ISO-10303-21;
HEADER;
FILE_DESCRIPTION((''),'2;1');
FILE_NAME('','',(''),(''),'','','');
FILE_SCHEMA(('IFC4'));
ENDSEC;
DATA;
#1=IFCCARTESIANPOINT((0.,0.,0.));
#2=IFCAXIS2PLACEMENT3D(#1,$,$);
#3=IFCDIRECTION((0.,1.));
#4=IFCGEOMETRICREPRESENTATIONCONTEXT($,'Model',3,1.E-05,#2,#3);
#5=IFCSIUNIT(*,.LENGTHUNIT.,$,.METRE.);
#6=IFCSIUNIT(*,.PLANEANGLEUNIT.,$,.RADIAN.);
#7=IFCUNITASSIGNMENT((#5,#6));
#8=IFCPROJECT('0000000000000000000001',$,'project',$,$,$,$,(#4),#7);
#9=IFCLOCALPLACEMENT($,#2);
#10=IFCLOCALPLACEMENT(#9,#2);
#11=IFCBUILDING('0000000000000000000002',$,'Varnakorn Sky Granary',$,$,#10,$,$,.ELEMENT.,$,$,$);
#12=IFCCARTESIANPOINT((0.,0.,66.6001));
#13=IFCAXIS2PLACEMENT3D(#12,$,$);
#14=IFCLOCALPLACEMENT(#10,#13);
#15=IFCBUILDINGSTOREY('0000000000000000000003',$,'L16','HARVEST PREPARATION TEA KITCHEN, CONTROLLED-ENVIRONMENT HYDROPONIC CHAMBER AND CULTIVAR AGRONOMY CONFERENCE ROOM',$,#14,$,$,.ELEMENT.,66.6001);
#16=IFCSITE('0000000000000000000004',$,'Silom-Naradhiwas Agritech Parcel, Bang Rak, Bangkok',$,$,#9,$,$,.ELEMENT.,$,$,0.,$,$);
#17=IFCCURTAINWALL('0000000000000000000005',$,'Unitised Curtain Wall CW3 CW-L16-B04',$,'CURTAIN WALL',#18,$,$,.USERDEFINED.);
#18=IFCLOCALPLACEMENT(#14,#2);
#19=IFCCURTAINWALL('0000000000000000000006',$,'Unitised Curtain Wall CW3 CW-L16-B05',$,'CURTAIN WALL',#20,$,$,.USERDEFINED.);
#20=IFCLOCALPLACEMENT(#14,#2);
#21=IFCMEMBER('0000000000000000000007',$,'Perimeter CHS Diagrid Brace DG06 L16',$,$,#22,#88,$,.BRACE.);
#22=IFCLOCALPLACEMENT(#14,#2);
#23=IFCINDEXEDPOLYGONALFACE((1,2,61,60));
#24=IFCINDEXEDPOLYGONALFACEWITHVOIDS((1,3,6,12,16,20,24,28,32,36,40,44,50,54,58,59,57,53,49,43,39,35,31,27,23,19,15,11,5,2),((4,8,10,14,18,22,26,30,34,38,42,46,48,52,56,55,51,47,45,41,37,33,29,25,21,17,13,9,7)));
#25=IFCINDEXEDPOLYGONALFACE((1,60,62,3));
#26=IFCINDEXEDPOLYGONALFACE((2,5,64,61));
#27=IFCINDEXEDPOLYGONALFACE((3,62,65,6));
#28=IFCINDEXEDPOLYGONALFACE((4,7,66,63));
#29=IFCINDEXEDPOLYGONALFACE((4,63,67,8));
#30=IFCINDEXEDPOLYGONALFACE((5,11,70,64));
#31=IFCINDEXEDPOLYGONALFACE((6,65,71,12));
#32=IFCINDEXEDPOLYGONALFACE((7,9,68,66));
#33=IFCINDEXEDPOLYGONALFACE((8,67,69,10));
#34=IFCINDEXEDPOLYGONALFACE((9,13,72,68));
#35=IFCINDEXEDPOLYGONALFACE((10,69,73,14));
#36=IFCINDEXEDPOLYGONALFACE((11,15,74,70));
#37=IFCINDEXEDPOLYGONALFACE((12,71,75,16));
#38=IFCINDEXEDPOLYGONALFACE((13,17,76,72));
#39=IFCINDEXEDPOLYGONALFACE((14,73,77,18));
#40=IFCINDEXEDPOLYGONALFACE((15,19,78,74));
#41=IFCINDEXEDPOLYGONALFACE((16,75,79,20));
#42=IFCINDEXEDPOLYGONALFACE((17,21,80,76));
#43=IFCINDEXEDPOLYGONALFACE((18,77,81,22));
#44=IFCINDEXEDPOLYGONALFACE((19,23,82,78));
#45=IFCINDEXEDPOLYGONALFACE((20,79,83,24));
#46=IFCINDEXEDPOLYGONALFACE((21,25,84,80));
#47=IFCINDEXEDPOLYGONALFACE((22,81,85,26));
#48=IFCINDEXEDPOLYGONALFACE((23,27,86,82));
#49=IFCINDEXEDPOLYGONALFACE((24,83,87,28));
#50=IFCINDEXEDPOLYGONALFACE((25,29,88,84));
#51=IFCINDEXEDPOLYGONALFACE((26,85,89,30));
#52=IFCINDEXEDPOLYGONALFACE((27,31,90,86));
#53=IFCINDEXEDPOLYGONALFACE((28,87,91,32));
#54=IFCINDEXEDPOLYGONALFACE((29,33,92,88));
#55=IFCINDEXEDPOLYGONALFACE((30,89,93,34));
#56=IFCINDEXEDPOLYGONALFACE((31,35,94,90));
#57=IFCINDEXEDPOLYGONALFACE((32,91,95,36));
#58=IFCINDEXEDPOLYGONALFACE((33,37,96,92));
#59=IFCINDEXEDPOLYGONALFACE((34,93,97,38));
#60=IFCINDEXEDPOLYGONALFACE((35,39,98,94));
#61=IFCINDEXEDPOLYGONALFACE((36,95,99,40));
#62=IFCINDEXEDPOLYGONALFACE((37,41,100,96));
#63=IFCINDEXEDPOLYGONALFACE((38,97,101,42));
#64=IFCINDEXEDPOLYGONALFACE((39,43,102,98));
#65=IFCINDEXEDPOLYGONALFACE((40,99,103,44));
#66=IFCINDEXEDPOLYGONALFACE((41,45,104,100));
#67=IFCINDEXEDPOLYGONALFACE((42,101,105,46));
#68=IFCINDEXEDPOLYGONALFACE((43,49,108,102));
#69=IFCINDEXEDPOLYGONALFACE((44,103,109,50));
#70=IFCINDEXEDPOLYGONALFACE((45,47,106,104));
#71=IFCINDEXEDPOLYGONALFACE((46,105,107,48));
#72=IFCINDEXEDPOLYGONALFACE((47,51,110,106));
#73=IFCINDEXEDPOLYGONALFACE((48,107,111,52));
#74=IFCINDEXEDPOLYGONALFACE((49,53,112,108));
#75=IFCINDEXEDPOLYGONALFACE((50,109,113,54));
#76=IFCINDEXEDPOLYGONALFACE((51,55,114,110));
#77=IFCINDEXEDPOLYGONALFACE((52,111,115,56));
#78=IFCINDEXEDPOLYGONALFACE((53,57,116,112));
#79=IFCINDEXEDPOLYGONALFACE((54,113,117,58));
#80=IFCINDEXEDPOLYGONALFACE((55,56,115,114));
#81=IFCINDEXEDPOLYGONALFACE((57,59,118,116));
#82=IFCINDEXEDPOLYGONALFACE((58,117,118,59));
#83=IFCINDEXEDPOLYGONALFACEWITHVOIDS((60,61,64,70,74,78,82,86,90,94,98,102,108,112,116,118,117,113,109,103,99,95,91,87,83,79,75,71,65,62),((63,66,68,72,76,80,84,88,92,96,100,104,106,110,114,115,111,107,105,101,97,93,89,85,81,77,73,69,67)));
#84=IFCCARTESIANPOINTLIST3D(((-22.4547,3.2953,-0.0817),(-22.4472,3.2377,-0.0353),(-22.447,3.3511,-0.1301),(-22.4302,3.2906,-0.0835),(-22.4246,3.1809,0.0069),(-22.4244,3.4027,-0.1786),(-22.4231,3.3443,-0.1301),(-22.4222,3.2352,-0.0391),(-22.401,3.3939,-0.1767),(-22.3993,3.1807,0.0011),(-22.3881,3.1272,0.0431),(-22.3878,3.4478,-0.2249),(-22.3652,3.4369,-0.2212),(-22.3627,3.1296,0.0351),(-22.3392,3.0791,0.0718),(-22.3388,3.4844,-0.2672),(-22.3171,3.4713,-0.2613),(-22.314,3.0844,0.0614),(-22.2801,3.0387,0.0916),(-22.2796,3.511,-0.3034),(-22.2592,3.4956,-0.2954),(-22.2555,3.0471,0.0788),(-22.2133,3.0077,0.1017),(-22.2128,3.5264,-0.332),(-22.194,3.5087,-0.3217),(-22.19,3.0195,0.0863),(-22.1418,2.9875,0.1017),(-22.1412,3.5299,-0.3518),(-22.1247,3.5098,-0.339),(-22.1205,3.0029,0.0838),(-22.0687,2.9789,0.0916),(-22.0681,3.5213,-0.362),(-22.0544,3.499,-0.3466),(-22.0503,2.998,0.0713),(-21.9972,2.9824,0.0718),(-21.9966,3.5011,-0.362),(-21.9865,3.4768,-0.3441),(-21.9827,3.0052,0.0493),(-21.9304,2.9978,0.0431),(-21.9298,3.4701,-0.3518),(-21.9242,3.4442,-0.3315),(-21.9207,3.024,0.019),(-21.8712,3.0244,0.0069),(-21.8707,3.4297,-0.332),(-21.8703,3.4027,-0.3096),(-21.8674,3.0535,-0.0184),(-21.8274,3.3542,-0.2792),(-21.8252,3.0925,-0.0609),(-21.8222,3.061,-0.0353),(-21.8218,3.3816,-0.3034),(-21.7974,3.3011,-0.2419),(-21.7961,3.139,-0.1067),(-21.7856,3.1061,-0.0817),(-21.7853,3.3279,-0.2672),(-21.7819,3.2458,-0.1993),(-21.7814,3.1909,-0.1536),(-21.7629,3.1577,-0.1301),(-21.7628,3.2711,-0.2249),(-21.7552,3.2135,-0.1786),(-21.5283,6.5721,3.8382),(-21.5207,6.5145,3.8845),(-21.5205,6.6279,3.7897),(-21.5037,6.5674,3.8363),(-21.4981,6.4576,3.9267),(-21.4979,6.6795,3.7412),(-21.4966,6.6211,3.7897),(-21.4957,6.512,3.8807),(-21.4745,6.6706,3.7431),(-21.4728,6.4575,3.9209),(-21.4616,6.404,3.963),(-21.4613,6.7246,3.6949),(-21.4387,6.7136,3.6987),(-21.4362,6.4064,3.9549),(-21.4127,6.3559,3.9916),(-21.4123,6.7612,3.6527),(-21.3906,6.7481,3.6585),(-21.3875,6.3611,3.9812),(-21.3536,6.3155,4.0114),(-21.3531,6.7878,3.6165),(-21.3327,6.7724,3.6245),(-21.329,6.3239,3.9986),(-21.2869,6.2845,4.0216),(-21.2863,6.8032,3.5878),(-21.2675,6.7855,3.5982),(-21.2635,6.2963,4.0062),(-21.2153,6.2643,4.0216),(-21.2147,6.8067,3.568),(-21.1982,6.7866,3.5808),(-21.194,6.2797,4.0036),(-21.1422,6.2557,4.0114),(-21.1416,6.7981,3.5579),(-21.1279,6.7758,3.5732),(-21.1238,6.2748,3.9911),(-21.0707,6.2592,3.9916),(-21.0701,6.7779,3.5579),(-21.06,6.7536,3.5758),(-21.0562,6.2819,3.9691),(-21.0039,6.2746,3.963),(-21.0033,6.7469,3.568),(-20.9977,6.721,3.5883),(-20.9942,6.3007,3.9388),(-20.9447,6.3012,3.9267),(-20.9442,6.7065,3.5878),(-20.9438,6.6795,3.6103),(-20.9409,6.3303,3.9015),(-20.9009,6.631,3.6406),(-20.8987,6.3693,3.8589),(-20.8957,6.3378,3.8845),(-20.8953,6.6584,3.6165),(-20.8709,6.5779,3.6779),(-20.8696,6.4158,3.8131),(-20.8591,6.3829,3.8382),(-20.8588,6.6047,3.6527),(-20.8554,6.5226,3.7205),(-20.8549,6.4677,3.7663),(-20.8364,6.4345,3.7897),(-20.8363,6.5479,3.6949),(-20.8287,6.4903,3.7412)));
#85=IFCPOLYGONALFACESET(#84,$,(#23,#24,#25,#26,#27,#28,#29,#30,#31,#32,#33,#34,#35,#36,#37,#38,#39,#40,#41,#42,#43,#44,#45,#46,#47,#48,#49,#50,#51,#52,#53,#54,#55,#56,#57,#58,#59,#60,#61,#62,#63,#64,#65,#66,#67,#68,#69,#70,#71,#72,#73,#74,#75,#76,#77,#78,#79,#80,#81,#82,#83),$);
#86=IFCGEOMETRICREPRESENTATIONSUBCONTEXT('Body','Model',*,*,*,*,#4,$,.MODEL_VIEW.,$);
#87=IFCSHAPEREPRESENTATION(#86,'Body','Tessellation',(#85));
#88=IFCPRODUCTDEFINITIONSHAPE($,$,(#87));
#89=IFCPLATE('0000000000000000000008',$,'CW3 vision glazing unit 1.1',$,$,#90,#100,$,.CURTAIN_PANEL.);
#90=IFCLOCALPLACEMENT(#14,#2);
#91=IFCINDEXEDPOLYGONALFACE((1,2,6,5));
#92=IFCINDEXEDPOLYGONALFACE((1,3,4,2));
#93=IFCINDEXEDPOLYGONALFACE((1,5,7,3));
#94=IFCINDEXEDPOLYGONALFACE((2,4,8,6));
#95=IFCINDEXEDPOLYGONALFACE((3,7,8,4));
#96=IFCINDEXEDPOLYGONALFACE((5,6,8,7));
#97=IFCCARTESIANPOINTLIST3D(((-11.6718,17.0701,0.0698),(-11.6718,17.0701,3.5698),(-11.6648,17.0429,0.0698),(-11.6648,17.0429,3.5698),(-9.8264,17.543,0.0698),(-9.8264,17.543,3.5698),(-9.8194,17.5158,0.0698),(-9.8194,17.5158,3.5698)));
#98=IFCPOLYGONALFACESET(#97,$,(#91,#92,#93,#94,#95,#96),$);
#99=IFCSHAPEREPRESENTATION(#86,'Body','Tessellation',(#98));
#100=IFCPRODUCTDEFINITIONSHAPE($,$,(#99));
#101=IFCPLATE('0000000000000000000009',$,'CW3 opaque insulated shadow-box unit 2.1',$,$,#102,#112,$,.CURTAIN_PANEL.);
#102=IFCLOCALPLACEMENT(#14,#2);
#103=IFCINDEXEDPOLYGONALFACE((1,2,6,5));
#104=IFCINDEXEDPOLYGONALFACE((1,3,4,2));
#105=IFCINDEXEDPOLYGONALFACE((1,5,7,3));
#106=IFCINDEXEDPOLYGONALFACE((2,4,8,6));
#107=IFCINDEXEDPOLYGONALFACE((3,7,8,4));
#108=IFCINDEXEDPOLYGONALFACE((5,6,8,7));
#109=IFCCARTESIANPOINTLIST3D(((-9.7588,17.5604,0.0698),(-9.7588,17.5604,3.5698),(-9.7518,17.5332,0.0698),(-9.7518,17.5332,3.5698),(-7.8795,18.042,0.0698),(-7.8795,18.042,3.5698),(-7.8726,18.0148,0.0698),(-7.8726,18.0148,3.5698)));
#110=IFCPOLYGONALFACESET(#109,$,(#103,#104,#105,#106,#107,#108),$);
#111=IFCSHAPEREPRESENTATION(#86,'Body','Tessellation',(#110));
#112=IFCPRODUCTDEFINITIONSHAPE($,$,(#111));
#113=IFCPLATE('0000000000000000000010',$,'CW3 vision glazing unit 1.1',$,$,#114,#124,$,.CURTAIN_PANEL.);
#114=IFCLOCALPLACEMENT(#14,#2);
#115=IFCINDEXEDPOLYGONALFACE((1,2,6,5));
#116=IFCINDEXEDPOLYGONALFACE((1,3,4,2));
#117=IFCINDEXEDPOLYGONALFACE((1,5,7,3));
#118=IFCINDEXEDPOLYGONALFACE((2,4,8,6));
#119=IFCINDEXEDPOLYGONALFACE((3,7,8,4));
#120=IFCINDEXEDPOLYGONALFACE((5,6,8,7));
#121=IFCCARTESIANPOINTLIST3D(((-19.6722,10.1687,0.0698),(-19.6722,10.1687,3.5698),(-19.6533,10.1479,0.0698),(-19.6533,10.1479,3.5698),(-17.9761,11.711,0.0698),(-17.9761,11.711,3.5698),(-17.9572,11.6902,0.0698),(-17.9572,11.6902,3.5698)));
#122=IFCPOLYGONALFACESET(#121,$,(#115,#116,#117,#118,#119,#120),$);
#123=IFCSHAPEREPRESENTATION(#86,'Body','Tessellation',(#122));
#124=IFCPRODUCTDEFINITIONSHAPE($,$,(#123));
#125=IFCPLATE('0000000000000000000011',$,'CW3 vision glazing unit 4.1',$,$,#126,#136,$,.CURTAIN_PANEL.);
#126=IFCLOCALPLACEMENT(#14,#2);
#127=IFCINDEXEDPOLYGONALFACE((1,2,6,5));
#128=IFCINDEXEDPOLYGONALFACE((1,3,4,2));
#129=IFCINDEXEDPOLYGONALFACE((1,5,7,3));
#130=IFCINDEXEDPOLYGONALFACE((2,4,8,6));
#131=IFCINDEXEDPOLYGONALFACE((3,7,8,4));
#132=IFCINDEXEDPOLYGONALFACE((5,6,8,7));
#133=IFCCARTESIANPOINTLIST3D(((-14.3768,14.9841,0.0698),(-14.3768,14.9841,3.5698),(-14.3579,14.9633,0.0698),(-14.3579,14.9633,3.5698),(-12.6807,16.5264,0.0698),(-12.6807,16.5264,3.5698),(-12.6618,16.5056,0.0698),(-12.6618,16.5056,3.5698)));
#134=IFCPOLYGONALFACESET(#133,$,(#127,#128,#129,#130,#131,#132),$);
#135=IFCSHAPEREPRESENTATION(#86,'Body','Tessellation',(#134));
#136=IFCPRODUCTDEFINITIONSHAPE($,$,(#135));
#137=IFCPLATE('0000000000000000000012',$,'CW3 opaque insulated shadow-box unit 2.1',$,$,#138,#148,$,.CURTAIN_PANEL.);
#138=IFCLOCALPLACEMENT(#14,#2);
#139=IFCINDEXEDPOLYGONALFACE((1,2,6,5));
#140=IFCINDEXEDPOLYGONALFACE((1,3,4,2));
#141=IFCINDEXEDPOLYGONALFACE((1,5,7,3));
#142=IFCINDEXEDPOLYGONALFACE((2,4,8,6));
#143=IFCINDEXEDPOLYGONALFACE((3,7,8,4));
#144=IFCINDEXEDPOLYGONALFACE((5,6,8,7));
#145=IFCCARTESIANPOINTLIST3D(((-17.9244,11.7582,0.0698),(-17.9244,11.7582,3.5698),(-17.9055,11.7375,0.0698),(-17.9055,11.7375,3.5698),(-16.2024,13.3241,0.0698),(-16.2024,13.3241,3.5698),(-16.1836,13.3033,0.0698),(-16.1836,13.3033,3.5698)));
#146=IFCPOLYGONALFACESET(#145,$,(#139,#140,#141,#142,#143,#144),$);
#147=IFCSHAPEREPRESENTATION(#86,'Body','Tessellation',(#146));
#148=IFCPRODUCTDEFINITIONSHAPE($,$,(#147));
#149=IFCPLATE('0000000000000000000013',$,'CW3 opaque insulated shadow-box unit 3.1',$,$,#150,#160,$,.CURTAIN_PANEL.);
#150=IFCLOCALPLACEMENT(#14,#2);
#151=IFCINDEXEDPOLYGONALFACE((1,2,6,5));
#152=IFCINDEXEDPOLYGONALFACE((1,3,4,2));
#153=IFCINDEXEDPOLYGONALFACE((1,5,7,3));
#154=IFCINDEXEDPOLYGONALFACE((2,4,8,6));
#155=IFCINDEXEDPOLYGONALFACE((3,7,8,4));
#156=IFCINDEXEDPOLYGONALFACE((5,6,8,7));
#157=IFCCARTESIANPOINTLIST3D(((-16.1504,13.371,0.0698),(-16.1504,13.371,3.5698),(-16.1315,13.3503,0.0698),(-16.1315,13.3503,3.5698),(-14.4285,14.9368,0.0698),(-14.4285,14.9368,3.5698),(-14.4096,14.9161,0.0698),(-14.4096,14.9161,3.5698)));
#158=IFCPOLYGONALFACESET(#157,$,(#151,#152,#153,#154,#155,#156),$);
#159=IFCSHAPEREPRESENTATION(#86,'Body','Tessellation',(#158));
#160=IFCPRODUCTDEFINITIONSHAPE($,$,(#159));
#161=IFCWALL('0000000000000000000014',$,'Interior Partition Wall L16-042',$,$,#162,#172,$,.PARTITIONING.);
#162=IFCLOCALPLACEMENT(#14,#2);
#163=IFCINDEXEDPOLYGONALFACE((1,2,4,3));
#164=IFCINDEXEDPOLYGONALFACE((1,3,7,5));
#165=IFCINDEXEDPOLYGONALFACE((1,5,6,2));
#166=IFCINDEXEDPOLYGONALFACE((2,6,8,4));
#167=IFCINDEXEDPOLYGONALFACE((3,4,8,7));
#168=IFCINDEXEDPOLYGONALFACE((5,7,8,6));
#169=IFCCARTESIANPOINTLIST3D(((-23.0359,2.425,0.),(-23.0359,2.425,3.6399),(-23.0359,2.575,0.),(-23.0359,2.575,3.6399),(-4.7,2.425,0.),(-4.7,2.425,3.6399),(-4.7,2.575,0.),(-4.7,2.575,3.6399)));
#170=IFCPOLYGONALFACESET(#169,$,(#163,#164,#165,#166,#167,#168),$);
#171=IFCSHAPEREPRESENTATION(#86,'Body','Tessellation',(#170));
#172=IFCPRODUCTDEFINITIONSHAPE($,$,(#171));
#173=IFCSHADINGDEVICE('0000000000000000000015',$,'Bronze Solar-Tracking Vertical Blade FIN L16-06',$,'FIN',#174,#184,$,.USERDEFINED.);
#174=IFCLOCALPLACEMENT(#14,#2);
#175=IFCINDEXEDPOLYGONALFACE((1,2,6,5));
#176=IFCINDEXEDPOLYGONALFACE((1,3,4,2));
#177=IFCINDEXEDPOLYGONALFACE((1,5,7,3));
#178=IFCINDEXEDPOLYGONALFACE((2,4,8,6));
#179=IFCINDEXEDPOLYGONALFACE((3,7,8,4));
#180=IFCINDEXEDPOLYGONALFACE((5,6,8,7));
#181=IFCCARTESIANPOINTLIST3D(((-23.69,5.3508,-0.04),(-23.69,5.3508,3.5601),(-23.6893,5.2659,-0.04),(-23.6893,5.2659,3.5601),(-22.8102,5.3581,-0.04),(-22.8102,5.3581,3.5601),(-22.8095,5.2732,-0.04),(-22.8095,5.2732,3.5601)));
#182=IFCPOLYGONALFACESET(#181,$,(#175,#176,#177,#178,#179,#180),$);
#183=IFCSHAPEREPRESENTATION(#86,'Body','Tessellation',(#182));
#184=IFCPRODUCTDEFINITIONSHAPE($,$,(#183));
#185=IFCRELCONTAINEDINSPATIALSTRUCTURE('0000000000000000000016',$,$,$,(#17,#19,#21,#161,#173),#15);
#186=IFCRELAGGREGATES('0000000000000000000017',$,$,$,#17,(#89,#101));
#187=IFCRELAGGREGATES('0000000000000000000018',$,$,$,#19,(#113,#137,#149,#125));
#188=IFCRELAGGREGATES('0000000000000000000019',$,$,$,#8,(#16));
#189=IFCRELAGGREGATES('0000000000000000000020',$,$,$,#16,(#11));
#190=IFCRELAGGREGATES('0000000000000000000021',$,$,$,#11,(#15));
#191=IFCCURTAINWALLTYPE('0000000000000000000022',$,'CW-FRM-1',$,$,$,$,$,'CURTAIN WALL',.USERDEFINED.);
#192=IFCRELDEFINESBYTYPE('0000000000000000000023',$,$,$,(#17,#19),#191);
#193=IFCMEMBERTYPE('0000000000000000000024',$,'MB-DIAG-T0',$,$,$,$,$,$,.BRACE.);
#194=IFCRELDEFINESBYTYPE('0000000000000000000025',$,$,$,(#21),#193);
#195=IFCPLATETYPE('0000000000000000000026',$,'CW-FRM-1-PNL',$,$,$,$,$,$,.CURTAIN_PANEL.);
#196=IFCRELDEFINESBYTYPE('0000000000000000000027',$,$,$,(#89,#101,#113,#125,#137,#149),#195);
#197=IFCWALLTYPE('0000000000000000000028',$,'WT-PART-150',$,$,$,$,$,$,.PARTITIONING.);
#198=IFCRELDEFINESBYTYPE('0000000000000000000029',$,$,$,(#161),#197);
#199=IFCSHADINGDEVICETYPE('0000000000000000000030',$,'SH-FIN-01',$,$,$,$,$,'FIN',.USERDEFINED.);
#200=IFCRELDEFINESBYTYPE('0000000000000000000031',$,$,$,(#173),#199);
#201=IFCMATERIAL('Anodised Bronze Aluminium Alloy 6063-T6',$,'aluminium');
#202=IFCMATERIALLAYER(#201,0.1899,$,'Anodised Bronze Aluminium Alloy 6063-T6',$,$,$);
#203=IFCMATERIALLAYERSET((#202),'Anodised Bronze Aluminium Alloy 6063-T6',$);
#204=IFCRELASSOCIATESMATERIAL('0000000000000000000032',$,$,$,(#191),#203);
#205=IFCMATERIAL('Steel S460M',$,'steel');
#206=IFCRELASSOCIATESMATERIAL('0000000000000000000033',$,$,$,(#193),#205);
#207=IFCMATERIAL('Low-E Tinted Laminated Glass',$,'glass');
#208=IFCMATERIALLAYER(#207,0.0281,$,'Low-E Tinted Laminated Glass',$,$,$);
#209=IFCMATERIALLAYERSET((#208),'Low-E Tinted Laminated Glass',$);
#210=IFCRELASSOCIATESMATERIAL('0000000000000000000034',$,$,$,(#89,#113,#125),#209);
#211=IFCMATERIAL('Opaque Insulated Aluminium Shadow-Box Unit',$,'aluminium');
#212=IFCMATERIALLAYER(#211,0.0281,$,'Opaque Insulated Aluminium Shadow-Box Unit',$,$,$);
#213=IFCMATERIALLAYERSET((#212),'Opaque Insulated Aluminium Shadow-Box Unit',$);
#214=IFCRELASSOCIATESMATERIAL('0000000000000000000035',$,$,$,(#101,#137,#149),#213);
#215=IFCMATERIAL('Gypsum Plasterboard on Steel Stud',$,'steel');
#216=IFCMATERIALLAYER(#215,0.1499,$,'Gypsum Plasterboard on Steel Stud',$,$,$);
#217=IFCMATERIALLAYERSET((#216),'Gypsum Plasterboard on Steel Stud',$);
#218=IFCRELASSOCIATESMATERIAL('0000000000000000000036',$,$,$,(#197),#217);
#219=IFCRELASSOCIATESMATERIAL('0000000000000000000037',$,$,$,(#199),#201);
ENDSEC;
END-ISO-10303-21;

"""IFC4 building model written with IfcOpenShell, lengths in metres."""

from ifc_helpers import new_model, si_unit, direction, frame, frame_2d, origin, origin_2d, place, context, subcontext, project, spatial, rectangle, hollow_circle, extrude, source, transform, mapped, material, layer, layer_set, material_profile, profile_set, type_object, type_shapes, element, aggregate, save


model = new_model("IFC4")

# Units and contexts
model_context = context("Model", 3, precision=1e-05, world=origin(), true_north=direction((0.0, 1.0)))
body_context = subcontext(model_context, "Body", "Model", "MODEL_VIEW")
ifc_project = project(units=[si_unit("LENGTHUNIT", "METRE"), si_unit("PLANEANGLEUNIT", "RADIAN")], contexts=[model_context])

# Site, building, storey
site_placement = place(None, origin())
site = spatial("IfcSite", under=ifc_project, at=site_placement, Name="Silom-Naradhiwas Agritech Parcel, Bang Rak, Bangkok", CompositionType="ELEMENT", RefElevation=0.0)
building_placement = place(site_placement, origin())
building = spatial("IfcBuilding", under=site, at=building_placement, Name="Varnakorn Sky Granary", CompositionType="ELEMENT")
storey_placement = place(building_placement, frame((0.0, 0.0, 66.6001)))
storey = spatial("IfcBuildingStorey", under=building, at=storey_placement, Name="L16", Description="HARVEST PREPARATION TEA KITCHEN, CONTROLLED-ENVIRONMENT HYDROPONIC CHAMBER AND CULTIVAR AGRONOMY CONFERENCE ROOM", CompositionType="ELEMENT", Elevation=66.6001)

# Shared definitions
ifc_material_1 = material(Name="Steel S460M", Category="steel")

# Curtain walls
ifc_material_2 = material(Name="Anodised Bronze Aluminium Alloy 6063-T6", Category="aluminium")
ifc_layer_1 = layer(ifc_material_2, 0.1899, Name="Anodised Bronze Aluminium Alloy 6063-T6")
ifc_layer_set_1 = layer_set([ifc_layer_1], Name="Anodised Bronze Aluminium Alloy 6063-T6")
curtain_wall_type = type_object("IfcCurtainWallType", Name="CW-FRM-1", ElementType="CURTAIN WALL", PredefinedType="USERDEFINED", material=ifc_layer_set_1)
curtain_wall_1_placement = place(storey_placement, origin())
curtain_wall_1 = element("IfcCurtainWall", 1, at=curtain_wall_1_placement, inside=storey, type_object=curtain_wall_type, Name="Unitised Curtain Wall CW3 CW-L16-B04", ObjectType="CURTAIN WALL", PredefinedType="USERDEFINED")
curtain_wall_2_placement = place(storey_placement, origin())
curtain_wall_2 = element("IfcCurtainWall", 2, at=curtain_wall_2_placement, inside=storey, type_object=curtain_wall_type, Name="Unitised Curtain Wall CW3 CW-L16-B05", ObjectType="CURTAIN WALL", PredefinedType="USERDEFINED")

# Member
ifc_material_profile_1 = material_profile(ifc_material_1, hollow_circle(Radius=0.3555, WallThickness=0.0249, at=origin_2d()), Name="CHS 711x25")
ifc_profile_set_1 = profile_set([ifc_material_profile_1], Name="Steel S460M")
member_type_1 = type_object("IfcMemberType", Name="MB-DIAG-T0", PredefinedType="BRACE", material=ifc_profile_set_1)
member_1_placement = place(storey_placement, frame((-22.105, 3.2544, -0.1301), z_axis=(0.178433, 0.631075, 0.754921), x_axis=(-0.962275, 0.272078, 0.0)))
element("IfcMember", 3, at=member_1_placement, inside=storey, type_object=member_type_1, Name="Perimeter CHS Diagrid Brace DG06 L16", PredefinedType="BRACE", context=body_context, shape_type="SweptSolid", body=[
    extrude(hollow_circle(Radius=0.3555, WallThickness=0.0249, at=origin_2d()), origin(), (0.0, 0.0, 1.0), 5.1924),
])

# Plates
ifc_material_3 = material(Name="Low-E Tinted Laminated Glass", Category="glass")
ifc_layer_2 = layer(ifc_material_3, 0.0281, Name="Low-E Tinted Laminated Glass")
ifc_layer_set_2 = layer_set([ifc_layer_2], Name="Low-E Tinted Laminated Glass")
plate_type = type_object("IfcPlateType", Name="CW-FRM-1-PNL", PredefinedType="CURTAIN_PANEL")
shared_shape_1 = source(origin(), body_context, "Body", "SweptSolid", [
    extrude(rectangle(XDim=1.905, YDim=0.0281, at=origin_2d()), origin(), (0.0, 0.0, 1.0), 3.5),
])
plate_1_placement = place(storey_placement, frame((-10.7456, 17.293, 0.0698), z_axis=(0.0, 0.0, 1.0), x_axis=(0.968706, 0.248211, 0.0)))
plate_1 = element("IfcPlate", 4, at=plate_1_placement, type_object=plate_type, material=ifc_layer_set_2, Name="CW3 vision glazing unit 1.1", PredefinedType="CURTAIN_PANEL", context=body_context, shape_type="MappedRepresentation", body=[
    mapped(shared_shape_1, transform((0.0, 0.0, 0.0), x_axis=(1.0, 0.0, 0.0), y_axis=(0.0, 1.0, 0.0), z_axis=(0.0, 0.0, 1.0), scale=1.0)),
])
ifc_material_4 = material(Name="Opaque Insulated Aluminium Shadow-Box Unit", Category="aluminium")
ifc_layer_3 = layer(ifc_material_4, 0.0281, Name="Opaque Insulated Aluminium Shadow-Box Unit")
ifc_layer_set_3 = layer_set([ifc_layer_3], Name="Opaque Insulated Aluminium Shadow-Box Unit")
shared_shape_2 = source(origin(), body_context, "Body", "SweptSolid", [
    extrude(rectangle(XDim=1.9399, YDim=0.0281, at=origin_2d()), origin(), (0.0, 0.0, 1.0), 3.5),
])
plate_2_placement = place(storey_placement, frame((-8.8157, 17.7876, 0.0698), z_axis=(0.0, 0.0, 1.0), x_axis=(0.968706, 0.248211, 0.0)))
plate_2 = element("IfcPlate", 5, at=plate_2_placement, type_object=plate_type, material=ifc_layer_set_3, Name="CW3 opaque insulated shadow-box unit 2.1", PredefinedType="CURTAIN_PANEL", context=body_context, shape_type="MappedRepresentation", body=[
    mapped(shared_shape_2, transform((0.0, 0.0, 0.0), x_axis=(1.0, 0.0, 0.0), y_axis=(0.0, 1.0, 0.0), z_axis=(0.0, 0.0, 1.0), scale=1.0)),
])
aggregate(curtain_wall_1, [plate_1, plate_2])
shared_shape_3 = source(origin(), body_context, "Body", "SweptSolid", [
    extrude(rectangle(XDim=2.2925, YDim=0.0281, at=origin_2d()), origin(), (0.0, 0.0, 1.0), 3.5),
])
plate_3_placement = place(storey_placement, frame((-18.8147, 10.9294, 0.0698), z_axis=(0.0, 0.0, 1.0), x_axis=(0.739847, 0.672776, 0.0)))
plate_3 = element("IfcPlate", 6, at=plate_3_placement, type_object=plate_type, material=ifc_layer_set_2, Name="CW3 vision glazing unit 1.1", PredefinedType="CURTAIN_PANEL", context=body_context, shape_type="MappedRepresentation", body=[
    mapped(shared_shape_3, transform((0.0, 0.0, 0.0), x_axis=(1.0, 0.0, 0.0), y_axis=(0.0, 1.0, 0.0), z_axis=(0.0, 0.0, 1.0), scale=1.0)),
])
plate_4_placement = place(storey_placement, frame((-13.5193, 15.7449, 0.0698), z_axis=(0.0, 0.0, 1.0), x_axis=(0.739847, 0.672776, 0.0)))
plate_4 = element("IfcPlate", 7, at=plate_4_placement, type_object=plate_type, material=ifc_layer_set_2, Name="CW3 vision glazing unit 4.1", PredefinedType="CURTAIN_PANEL", context=body_context, shape_type="MappedRepresentation", body=[
    mapped(shared_shape_3, transform((0.0, 0.0, 0.0), x_axis=(1.0, 0.0, 0.0), y_axis=(0.0, 1.0, 0.0), z_axis=(0.0, 0.0, 1.0), scale=1.0)),
])
shared_shape_4 = source(origin(), body_context, "Body", "SweptSolid", [
    extrude(rectangle(XDim=2.3274, YDim=0.0281, at=origin_2d()), origin(), (0.0, 0.0, 1.0), 3.5),
])
type_shapes(plate_type, [shared_shape_1, shared_shape_2, shared_shape_3, shared_shape_4])
plate_5_placement = place(storey_placement, frame((-17.054, 12.5308, 0.0698), z_axis=(0.0, 0.0, 1.0), x_axis=(0.739847, 0.672776, 0.0)))
plate_5 = element("IfcPlate", 8, at=plate_5_placement, type_object=plate_type, material=ifc_layer_set_3, Name="CW3 opaque insulated shadow-box unit 2.1", PredefinedType="CURTAIN_PANEL", context=body_context, shape_type="MappedRepresentation", body=[
    mapped(shared_shape_4, transform((0.0, 0.0, 0.0), x_axis=(1.0, 0.0, 0.0), y_axis=(0.0, 1.0, 0.0), z_axis=(0.0, 0.0, 1.0), scale=1.0)),
])
plate_6_placement = place(storey_placement, frame((-15.28, 14.1436, 0.0698), z_axis=(0.0, 0.0, 1.0), x_axis=(0.739847, 0.672776, 0.0)))
plate_6 = element("IfcPlate", 9, at=plate_6_placement, type_object=plate_type, material=ifc_layer_set_3, Name="CW3 opaque insulated shadow-box unit 3.1", PredefinedType="CURTAIN_PANEL", context=body_context, shape_type="MappedRepresentation", body=[
    mapped(shared_shape_4, transform((0.0, 0.0, 0.0), x_axis=(1.0, 0.0, 0.0), y_axis=(0.0, 1.0, 0.0), z_axis=(0.0, 0.0, 1.0), scale=1.0)),
])
aggregate(curtain_wall_2, [plate_3, plate_5, plate_6, plate_4])

# Wall
ifc_material_5 = material(Name="Gypsum Plasterboard on Steel Stud", Category="steel")
ifc_layer_4 = layer(ifc_material_5, 0.1499, Name="Gypsum Plasterboard on Steel Stud")
ifc_layer_set_4 = layer_set([ifc_layer_4], Name="Gypsum Plasterboard on Steel Stud")
wall_type = type_object("IfcWallType", Name="WT-PART-150", PredefinedType="PARTITIONING", material=ifc_layer_set_4)
wall_placement = place(storey_placement, frame((-23.0359, 2.5, 0.0), z_axis=(0.0, 0.0, 1.0), x_axis=(1.0, 0.0, 0.0)))
element("IfcWall", 10, at=wall_placement, inside=storey, type_object=wall_type, Name="Interior Partition Wall L16-042", PredefinedType="PARTITIONING", context=body_context, shape_type="SweptSolid", body=[
    extrude(rectangle(XDim=18.3359, YDim=0.1499, at=frame_2d((9.168, 0.0))), origin(), (0.0, 0.0, 1.0), 3.6399),
])

# Shading device
shading_device_type = type_object("IfcShadingDeviceType", Name="SH-FIN-01", ElementType="FIN", PredefinedType="USERDEFINED", material=ifc_material_2)
shared_shape_5 = source(origin(), body_context, "Body", "SweptSolid", [
    extrude(rectangle(XDim=0.085, YDim=0.8799, at=origin_2d()), origin(), (0.0, 0.0, 1.0), 3.6001),
])
type_shapes(shading_device_type, [shared_shape_5])
shading_device_placement = place(storey_placement, frame((-23.2498, 5.312, -0.04), z_axis=(0.0, 0.0, 1.0), x_axis=(0.008277, -0.999966, 0.0)))
element("IfcShadingDevice", 11, at=shading_device_placement, inside=storey, type_object=shading_device_type, Name="Bronze Solar-Tracking Vertical Blade FIN L16-06", ObjectType="FIN", PredefinedType="USERDEFINED", context=body_context, shape_type="MappedRepresentation", body=[
    mapped(shared_shape_5, transform((0.0, 0.0, 0.0), x_axis=(1.0, 0.0, 0.0), y_axis=(0.0, 1.0, 0.0), z_axis=(0.0, 0.0, 1.0), scale=1.0)),
])

save(model, "model.ifc")
